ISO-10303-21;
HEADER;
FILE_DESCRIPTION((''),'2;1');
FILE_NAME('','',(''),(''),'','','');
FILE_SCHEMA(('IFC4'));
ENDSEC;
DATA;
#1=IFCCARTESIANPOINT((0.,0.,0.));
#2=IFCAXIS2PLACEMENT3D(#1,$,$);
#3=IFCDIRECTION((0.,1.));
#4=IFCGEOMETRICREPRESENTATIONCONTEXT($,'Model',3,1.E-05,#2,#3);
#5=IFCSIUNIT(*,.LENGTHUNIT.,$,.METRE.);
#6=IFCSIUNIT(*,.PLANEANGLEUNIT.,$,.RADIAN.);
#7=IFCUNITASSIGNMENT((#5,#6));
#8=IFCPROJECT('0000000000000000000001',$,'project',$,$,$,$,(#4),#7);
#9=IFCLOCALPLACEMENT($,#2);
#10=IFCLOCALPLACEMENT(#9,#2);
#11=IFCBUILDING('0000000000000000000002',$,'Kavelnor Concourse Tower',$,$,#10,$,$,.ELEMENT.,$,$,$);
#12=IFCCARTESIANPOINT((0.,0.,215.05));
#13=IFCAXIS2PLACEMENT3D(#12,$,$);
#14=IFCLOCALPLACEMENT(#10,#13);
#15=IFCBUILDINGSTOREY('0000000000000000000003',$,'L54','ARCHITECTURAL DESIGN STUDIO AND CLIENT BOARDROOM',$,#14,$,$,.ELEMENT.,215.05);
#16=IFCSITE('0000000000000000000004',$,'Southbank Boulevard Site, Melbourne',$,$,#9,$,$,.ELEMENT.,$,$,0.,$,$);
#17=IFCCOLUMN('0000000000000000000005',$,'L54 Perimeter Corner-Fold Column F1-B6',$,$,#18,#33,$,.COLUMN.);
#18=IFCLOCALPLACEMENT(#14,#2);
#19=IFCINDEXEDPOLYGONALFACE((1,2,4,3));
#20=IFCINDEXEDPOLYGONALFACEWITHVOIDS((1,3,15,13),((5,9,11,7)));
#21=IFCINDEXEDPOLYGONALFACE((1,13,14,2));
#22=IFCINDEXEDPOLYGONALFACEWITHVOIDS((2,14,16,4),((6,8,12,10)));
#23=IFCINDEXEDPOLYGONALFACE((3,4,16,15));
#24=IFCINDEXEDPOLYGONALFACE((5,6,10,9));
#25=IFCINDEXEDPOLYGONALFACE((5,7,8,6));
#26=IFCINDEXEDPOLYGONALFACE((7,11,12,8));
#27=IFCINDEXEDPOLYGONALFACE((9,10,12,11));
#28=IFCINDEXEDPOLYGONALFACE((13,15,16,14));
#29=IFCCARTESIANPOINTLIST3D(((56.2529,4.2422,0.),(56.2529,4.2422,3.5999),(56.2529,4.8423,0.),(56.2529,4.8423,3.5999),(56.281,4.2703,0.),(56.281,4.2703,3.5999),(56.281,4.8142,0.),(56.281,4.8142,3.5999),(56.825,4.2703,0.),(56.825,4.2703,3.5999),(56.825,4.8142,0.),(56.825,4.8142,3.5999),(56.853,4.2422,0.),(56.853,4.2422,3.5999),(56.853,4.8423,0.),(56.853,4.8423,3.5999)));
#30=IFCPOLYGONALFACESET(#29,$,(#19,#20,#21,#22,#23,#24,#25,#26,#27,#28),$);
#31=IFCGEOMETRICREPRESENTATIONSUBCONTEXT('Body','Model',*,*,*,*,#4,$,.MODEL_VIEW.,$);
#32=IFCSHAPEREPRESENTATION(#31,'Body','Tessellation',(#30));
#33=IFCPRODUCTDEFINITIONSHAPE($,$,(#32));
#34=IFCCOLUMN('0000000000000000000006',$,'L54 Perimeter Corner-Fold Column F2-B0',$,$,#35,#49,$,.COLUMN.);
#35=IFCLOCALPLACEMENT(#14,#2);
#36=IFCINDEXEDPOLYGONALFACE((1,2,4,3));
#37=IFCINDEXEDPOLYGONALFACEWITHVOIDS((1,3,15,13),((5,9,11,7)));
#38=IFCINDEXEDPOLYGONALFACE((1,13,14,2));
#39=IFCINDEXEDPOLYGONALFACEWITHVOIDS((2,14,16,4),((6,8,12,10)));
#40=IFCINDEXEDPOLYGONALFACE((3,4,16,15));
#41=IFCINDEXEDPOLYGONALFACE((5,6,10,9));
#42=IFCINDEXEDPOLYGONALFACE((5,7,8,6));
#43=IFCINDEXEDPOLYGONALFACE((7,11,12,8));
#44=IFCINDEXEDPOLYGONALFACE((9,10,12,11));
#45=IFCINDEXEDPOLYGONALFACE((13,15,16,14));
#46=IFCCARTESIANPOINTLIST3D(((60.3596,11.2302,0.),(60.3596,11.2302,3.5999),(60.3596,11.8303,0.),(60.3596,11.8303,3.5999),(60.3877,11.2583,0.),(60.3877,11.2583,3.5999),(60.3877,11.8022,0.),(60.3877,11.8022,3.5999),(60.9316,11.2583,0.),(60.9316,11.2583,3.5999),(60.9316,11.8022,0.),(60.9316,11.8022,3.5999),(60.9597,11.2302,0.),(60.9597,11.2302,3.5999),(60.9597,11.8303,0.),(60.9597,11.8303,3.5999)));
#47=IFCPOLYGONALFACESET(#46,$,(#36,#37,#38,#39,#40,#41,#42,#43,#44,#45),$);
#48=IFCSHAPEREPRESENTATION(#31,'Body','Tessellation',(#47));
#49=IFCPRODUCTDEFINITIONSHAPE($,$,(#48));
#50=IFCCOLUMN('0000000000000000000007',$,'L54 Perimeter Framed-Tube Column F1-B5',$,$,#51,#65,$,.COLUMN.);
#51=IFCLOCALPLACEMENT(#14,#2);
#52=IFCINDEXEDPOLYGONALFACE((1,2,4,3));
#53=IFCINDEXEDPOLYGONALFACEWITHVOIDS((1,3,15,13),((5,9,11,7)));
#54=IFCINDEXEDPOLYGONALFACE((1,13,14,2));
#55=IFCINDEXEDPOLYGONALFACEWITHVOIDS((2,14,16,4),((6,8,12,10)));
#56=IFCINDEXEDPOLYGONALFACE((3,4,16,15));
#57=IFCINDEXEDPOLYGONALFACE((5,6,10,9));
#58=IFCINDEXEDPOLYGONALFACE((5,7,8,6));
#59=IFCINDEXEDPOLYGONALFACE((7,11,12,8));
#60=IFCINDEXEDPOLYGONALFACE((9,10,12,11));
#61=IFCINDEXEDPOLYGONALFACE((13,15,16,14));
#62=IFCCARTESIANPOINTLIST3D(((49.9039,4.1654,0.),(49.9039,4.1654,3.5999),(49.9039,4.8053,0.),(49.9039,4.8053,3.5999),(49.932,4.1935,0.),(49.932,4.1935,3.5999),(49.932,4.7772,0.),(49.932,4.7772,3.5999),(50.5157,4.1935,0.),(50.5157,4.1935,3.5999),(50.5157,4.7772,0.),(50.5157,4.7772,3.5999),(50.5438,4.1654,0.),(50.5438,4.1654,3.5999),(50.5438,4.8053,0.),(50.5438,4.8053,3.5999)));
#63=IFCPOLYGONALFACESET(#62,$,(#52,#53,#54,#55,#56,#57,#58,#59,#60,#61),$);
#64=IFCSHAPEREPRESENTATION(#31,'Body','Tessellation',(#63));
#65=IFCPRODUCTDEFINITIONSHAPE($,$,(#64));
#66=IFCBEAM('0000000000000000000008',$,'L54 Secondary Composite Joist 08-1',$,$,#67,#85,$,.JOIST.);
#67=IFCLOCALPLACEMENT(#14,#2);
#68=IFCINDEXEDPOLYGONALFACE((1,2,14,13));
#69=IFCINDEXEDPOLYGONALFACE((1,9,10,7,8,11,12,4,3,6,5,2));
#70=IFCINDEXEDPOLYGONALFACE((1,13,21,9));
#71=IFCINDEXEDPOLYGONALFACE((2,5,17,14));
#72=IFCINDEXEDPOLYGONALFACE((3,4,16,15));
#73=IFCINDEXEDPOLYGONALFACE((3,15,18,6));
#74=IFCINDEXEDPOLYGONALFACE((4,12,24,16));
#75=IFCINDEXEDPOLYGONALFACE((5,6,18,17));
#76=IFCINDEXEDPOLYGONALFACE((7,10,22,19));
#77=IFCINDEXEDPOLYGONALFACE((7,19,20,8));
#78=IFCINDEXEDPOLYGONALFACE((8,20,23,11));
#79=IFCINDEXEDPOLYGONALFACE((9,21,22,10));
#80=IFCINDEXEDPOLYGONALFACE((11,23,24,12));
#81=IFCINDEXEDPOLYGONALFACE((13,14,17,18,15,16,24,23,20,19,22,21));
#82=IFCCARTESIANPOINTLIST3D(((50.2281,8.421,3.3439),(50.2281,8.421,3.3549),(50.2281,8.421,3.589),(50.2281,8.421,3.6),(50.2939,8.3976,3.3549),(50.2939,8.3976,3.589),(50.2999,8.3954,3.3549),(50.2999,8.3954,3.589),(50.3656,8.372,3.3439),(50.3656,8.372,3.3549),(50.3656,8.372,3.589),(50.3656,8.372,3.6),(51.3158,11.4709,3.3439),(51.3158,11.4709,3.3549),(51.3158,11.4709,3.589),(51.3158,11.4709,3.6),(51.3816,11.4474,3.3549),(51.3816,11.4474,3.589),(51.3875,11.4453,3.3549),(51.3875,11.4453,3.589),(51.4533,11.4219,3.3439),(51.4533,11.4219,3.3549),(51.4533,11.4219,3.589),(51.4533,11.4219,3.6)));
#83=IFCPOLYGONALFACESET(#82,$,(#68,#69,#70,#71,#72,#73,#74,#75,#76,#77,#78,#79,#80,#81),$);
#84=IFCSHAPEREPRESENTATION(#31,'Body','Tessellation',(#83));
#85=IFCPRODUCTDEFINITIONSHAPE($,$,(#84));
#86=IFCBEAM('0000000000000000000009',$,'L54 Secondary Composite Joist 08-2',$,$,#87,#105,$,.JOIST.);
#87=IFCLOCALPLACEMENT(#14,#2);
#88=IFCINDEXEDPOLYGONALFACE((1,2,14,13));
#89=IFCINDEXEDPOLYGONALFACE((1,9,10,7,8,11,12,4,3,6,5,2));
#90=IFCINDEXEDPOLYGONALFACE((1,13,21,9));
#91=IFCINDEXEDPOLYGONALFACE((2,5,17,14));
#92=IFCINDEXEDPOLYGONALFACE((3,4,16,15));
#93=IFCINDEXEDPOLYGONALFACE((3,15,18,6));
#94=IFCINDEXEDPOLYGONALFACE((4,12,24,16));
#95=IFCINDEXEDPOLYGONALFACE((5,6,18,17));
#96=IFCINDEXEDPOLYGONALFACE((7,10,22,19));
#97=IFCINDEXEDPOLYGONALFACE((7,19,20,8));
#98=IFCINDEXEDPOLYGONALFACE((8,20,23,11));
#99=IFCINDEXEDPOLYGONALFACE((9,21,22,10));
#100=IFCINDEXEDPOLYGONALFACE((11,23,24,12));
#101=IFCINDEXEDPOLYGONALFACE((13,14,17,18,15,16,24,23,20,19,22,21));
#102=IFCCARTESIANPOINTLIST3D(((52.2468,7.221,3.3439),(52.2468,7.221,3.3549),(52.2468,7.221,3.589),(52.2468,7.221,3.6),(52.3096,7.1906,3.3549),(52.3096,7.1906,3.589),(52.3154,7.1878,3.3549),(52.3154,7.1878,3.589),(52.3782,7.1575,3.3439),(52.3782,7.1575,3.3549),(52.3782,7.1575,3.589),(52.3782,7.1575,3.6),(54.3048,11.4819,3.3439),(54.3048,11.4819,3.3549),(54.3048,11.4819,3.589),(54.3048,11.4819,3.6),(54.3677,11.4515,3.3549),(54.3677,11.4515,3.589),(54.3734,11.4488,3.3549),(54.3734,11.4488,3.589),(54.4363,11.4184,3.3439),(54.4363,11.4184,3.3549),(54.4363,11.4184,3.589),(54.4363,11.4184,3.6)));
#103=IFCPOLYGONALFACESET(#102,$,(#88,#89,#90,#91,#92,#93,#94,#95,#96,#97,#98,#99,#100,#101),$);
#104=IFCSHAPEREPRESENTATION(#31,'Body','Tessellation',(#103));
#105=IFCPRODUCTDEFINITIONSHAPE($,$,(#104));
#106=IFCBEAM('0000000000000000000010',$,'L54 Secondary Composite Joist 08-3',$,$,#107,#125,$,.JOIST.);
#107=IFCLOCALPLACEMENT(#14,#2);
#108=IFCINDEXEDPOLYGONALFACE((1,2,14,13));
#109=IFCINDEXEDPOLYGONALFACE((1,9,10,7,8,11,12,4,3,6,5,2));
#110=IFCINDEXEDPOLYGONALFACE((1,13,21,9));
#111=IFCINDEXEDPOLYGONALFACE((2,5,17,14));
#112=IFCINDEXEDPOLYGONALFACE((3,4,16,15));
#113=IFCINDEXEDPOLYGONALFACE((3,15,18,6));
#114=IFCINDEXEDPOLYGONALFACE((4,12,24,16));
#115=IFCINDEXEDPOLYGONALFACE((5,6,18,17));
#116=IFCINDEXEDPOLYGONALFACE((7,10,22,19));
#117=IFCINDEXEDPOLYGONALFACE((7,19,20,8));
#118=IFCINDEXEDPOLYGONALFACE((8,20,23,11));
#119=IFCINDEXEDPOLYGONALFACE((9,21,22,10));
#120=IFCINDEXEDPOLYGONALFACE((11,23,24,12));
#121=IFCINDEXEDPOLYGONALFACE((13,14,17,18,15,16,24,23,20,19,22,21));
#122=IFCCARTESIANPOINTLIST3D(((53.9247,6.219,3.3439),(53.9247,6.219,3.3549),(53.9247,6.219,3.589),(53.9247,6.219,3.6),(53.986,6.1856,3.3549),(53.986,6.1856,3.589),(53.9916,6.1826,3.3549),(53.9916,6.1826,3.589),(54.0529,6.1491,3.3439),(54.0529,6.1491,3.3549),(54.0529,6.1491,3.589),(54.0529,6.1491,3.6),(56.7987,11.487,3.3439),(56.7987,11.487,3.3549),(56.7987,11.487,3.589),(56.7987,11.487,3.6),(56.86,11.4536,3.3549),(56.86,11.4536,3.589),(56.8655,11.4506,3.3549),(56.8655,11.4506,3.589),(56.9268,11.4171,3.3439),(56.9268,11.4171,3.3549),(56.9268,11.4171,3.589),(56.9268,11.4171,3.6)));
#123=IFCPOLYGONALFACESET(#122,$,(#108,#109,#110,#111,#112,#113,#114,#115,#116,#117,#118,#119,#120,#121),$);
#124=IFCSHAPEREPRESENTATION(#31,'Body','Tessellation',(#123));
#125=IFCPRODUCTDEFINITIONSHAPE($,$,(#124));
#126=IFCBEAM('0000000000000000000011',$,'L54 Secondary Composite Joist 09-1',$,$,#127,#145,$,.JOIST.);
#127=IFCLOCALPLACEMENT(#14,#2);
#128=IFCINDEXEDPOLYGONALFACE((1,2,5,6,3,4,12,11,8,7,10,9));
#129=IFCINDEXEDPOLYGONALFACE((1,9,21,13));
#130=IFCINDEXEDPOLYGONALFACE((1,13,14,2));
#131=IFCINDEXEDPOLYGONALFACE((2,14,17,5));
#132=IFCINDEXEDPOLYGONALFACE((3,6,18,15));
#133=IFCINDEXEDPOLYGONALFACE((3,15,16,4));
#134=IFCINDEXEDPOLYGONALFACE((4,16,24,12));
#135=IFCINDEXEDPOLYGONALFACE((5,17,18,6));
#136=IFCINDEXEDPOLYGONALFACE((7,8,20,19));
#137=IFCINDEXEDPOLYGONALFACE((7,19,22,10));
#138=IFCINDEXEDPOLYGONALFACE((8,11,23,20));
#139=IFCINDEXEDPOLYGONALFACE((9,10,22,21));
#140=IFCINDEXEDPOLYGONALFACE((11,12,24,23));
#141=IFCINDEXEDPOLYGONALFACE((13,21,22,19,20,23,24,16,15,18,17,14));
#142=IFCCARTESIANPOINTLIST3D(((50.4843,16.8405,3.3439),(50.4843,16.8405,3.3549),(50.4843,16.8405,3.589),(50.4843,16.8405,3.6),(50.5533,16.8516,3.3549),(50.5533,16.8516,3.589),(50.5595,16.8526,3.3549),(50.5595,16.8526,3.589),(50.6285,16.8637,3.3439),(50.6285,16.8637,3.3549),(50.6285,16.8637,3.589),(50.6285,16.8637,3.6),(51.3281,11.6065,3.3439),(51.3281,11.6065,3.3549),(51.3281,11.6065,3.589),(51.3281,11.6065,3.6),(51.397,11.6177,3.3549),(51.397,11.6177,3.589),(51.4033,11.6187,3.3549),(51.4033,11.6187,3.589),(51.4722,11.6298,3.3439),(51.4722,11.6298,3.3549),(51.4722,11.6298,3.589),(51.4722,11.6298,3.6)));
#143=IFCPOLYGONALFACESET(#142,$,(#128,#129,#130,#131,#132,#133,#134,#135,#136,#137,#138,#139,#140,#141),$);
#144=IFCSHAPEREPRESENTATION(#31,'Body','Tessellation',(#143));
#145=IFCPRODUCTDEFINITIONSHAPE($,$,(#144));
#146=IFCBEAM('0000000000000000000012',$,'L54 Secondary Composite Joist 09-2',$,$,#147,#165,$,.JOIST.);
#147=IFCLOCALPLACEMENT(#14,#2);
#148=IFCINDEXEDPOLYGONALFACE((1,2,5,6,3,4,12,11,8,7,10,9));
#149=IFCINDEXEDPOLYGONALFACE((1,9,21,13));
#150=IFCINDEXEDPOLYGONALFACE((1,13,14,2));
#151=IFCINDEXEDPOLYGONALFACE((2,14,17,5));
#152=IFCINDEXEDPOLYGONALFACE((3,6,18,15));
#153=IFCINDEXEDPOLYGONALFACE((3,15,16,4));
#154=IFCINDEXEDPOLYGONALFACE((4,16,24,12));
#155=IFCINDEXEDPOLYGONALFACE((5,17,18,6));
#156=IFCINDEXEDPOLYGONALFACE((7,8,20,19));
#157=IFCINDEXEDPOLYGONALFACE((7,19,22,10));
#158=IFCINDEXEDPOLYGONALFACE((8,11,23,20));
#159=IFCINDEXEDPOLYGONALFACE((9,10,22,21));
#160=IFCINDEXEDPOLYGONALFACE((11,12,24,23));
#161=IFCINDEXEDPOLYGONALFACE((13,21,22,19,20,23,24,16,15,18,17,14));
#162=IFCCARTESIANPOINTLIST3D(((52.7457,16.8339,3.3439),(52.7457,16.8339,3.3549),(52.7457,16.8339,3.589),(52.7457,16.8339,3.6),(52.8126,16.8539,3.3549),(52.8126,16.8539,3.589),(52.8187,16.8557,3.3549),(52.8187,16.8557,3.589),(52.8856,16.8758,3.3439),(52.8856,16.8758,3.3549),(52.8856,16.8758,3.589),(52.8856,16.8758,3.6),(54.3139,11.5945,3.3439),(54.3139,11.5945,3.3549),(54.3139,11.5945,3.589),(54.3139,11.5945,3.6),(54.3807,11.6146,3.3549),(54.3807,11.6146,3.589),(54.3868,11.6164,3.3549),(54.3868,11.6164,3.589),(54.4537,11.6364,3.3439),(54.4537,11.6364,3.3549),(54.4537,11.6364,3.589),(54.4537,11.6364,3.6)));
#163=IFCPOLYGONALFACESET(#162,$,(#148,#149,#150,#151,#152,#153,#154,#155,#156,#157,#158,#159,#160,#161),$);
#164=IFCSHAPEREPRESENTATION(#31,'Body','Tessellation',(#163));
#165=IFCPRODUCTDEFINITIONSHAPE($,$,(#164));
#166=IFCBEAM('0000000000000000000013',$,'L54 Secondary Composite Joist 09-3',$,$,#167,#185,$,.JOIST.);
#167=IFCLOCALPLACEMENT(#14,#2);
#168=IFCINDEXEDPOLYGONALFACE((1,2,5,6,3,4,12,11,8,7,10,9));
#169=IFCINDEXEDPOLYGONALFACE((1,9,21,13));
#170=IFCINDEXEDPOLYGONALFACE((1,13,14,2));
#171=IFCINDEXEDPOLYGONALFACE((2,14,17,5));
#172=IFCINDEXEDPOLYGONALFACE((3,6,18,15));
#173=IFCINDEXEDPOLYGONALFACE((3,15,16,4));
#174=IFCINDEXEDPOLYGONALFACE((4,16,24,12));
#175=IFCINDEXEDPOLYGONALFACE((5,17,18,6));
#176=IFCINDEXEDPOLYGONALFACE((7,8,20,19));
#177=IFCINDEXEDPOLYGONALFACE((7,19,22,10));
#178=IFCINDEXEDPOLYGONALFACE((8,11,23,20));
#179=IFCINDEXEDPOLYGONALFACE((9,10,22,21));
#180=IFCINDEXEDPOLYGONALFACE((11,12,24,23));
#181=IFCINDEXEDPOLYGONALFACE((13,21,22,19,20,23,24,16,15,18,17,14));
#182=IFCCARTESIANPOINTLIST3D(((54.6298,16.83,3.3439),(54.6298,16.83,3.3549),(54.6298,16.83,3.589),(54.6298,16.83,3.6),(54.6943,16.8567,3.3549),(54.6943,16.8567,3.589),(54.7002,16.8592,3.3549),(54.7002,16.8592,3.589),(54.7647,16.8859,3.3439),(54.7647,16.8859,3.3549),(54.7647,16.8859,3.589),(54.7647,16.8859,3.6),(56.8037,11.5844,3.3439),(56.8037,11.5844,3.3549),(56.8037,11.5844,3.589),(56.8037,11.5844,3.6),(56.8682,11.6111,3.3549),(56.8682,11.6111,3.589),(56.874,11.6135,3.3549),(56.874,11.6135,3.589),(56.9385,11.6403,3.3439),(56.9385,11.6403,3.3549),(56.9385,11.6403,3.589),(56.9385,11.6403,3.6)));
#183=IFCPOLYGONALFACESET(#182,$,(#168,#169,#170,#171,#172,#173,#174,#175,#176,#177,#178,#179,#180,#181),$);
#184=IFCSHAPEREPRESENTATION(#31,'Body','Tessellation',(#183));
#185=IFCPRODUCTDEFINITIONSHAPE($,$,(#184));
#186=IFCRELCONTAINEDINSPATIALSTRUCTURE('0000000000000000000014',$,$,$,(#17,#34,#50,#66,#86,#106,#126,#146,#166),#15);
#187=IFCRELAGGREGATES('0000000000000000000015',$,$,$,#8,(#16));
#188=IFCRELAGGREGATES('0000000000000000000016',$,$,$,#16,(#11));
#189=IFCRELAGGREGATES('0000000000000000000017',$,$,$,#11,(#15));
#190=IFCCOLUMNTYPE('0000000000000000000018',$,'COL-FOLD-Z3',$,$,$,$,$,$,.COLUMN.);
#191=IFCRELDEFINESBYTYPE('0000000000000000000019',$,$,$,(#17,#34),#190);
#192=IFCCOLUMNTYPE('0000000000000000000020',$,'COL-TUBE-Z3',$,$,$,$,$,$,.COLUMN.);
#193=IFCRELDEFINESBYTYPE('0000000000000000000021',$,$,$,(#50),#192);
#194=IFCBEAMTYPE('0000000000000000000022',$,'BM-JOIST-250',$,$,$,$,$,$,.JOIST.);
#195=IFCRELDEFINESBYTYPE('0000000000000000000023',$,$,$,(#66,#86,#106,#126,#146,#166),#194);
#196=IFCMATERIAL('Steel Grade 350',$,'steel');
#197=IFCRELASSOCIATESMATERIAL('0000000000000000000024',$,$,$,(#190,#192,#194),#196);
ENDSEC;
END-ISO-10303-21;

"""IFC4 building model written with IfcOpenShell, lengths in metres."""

from ifc_helpers import new_model, si_unit, direction, frame, origin, origin_2d, place, context, subcontext, project, spatial, hollow_rectangle, i_section, extrude, material, material_profile, profile_set, type_object, element, save


model = new_model("IFC4")

# Units and contexts
model_context = context("Model", 3, precision=1e-05, world=origin(), true_north=direction((0.0, 1.0)))
body_context = subcontext(model_context, "Body", "Model", "MODEL_VIEW")
ifc_project = project(units=[si_unit("LENGTHUNIT", "METRE"), si_unit("PLANEANGLEUNIT", "RADIAN")], contexts=[model_context])

# Site, building, storey
site_placement = place(None, origin())
site = spatial("IfcSite", under=ifc_project, at=site_placement, Name="Southbank Boulevard Site, Melbourne", CompositionType="ELEMENT", RefElevation=0.0)
building_placement = place(site_placement, origin())
building = spatial("IfcBuilding", under=site, at=building_placement, Name="Kavelnor Concourse Tower", CompositionType="ELEMENT")
storey_placement = place(building_placement, frame((0.0, 0.0, 215.05)))
storey = spatial("IfcBuildingStorey", under=building, at=storey_placement, Name="L54", Description="ARCHITECTURAL DESIGN STUDIO AND CLIENT BOARDROOM", CompositionType="ELEMENT", Elevation=215.05)

# Columns
ifc_material_1 = material(Name="Steel Grade 350", Category="steel")
ifc_material_profile_1 = material_profile(ifc_material_1, hollow_rectangle(XDim=0.6001, YDim=0.6001, WallThickness=0.0281, at=origin_2d()), Name="SHS 600x600x28")
ifc_profile_set_1 = profile_set([ifc_material_profile_1], Name="Steel Grade 350")
column_type_1 = type_object("IfcColumnType", Name="COL-FOLD-Z3", PredefinedType="COLUMN", material=ifc_profile_set_1)
for number, where, z_axis, x_axis, name in (
    (1, (56.553, 4.5422, 0.0), (0.0, 0.0, 1.0), (1.0, 0.0, 0.0), "L54 Perimeter Corner-Fold Column F1-B6"),
    (2, (60.6597, 11.5303, 0.0), (0.0, 0.0, 1.0), (1.0, 0.0, 0.0), "L54 Perimeter Corner-Fold Column F2-B0"),
):
    element("IfcColumn", number, at=place(storey_placement, frame(where, z_axis=z_axis, x_axis=x_axis)), inside=storey, type_object=column_type_1, Name=name, PredefinedType="COLUMN", context=body_context, shape_type="SweptSolid", body=[
        extrude(hollow_rectangle(XDim=0.6001, YDim=0.6001, WallThickness=0.0281, at=origin_2d()), origin(), (0.0, 0.0, 1.0), 3.5999),
    ])
ifc_material_profile_2 = material_profile(ifc_material_1, hollow_rectangle(XDim=0.6399, YDim=0.6399, WallThickness=0.0281, at=origin_2d()), Name="SHS 640x640x28")
ifc_profile_set_2 = profile_set([ifc_material_profile_2], Name="Steel Grade 350")
column_type_2 = type_object("IfcColumnType", Name="COL-TUBE-Z3", PredefinedType="COLUMN", material=ifc_profile_set_2)
column_placement = place(storey_placement, frame((50.2239, 4.4854, 0.0), z_axis=(0.0, 0.0, 1.0), x_axis=(1.0, 0.0, 0.0)))
element("IfcColumn", 3, at=column_placement, inside=storey, type_object=column_type_2, Name="L54 Perimeter Framed-Tube Column F1-B5", PredefinedType="COLUMN", context=body_context, shape_type="SweptSolid", body=[
    extrude(hollow_rectangle(XDim=0.6399, YDim=0.6399, WallThickness=0.0281, at=origin_2d()), origin(), (0.0, 0.0, 1.0), 3.5999),
])

# Beams
ifc_material_profile_3 = material_profile(ifc_material_1, i_section(OverallWidth=0.146, OverallDepth=0.2561, WebThickness=0.0063, FlangeThickness=0.011, at=origin_2d()), Name="250UB37")
ifc_profile_set_3 = profile_set([ifc_material_profile_3], Name="Steel Grade 350")
beam_type_1 = type_object("IfcBeamType", Name="BM-JOIST-250", PredefinedType="JOIST", material=ifc_profile_set_3)
beam_1_placement = place(storey_placement, frame((50.2969, 8.3965, 3.4719), z_axis=(0.335906, 0.941895, 0.0), x_axis=(-0.941895, 0.335906, 0.0)))
element("IfcBeam", 4, at=beam_1_placement, inside=storey, type_object=beam_type_1, Name="L54 Secondary Composite Joist 08-1", PredefinedType="JOIST", context=body_context, shape_type="SweptSolid", body=[
    extrude(i_section(OverallWidth=0.146, OverallDepth=0.2561, WebThickness=0.0063, FlangeThickness=0.011, at=origin_2d()), origin(), (0.0, 0.0, 1.0), 3.238),
])
beam_2_placement = place(storey_placement, frame((52.3125, 7.1892, 3.4719), z_axis=(0.434934, 0.900462, 0.0), x_axis=(-0.900462, 0.434934, 0.0)))
element("IfcBeam", 5, at=beam_2_placement, inside=storey, type_object=beam_type_1, Name="L54 Secondary Composite Joist 08-2", PredefinedType="JOIST", context=body_context, shape_type="SweptSolid", body=[
    extrude(i_section(OverallWidth=0.146, OverallDepth=0.2561, WebThickness=0.0063, FlangeThickness=0.011, at=origin_2d()), origin(), (0.0, 0.0, 1.0), 4.7319),
])
beam_3_placement = place(storey_placement, frame((53.9888, 6.1841, 3.4719), z_axis=(0.478921, 0.877858, 0.0), x_axis=(-0.877858, 0.478921, 0.0)))
element("IfcBeam", 6, at=beam_3_placement, inside=storey, type_object=beam_type_1, Name="L54 Secondary Composite Joist 08-3", PredefinedType="JOIST", context=body_context, shape_type="SweptSolid", body=[
    extrude(i_section(OverallWidth=0.146, OverallDepth=0.2561, WebThickness=0.0063, FlangeThickness=0.011, at=origin_2d()), origin(), (0.0, 0.0, 1.0), 6.001),
])
beam_4_placement = place(storey_placement, frame((51.4001, 11.6182, 3.4719), z_axis=(-0.159154, 0.987254, 0.0), x_axis=(-0.987254, -0.159154, 0.0)))
element("IfcBeam", 7, at=beam_4_placement, inside=storey, type_object=beam_type_1, Name="L54 Secondary Composite Joist 09-1", PredefinedType="JOIST", context=body_context, shape_type="SweptSolid", body=[
    extrude(i_section(OverallWidth=0.146, OverallDepth=0.2561, WebThickness=0.0063, FlangeThickness=0.011, at=origin_2d()), origin(), (0.0, 0.0, 1.0), 5.3015),
])
beam_5_placement = place(storey_placement, frame((54.3838, 11.6155, 3.4719), z_axis=(-0.286733, 0.95801, 0.0), x_axis=(-0.95801, -0.286733, 0.0)))
element("IfcBeam", 8, at=beam_5_placement, inside=storey, type_object=beam_type_1, Name="L54 Secondary Composite Joist 09-2", PredefinedType="JOIST", context=body_context, shape_type="SweptSolid", body=[
    extrude(i_section(OverallWidth=0.146, OverallDepth=0.2561, WebThickness=0.0063, FlangeThickness=0.011, at=origin_2d()), origin(), (0.0, 0.0, 1.0), 5.469),
])
beam_6_placement = place(storey_placement, frame((56.8711, 11.6123, 3.4719), z_axis=(-0.382838, 0.923816, 0.0), x_axis=(-0.923816, -0.382838, 0.0)))
element("IfcBeam", 9, at=beam_6_placement, inside=storey, type_object=beam_type_1, Name="L54 Secondary Composite Joist 09-3", PredefinedType="JOIST", context=body_context, shape_type="SweptSolid", body=[
    extrude(i_section(OverallWidth=0.146, OverallDepth=0.2561, WebThickness=0.0063, FlangeThickness=0.011, at=origin_2d()), origin(), (0.0, 0.0, 1.0), 5.6782),
])

save(model, "model.ifc")
